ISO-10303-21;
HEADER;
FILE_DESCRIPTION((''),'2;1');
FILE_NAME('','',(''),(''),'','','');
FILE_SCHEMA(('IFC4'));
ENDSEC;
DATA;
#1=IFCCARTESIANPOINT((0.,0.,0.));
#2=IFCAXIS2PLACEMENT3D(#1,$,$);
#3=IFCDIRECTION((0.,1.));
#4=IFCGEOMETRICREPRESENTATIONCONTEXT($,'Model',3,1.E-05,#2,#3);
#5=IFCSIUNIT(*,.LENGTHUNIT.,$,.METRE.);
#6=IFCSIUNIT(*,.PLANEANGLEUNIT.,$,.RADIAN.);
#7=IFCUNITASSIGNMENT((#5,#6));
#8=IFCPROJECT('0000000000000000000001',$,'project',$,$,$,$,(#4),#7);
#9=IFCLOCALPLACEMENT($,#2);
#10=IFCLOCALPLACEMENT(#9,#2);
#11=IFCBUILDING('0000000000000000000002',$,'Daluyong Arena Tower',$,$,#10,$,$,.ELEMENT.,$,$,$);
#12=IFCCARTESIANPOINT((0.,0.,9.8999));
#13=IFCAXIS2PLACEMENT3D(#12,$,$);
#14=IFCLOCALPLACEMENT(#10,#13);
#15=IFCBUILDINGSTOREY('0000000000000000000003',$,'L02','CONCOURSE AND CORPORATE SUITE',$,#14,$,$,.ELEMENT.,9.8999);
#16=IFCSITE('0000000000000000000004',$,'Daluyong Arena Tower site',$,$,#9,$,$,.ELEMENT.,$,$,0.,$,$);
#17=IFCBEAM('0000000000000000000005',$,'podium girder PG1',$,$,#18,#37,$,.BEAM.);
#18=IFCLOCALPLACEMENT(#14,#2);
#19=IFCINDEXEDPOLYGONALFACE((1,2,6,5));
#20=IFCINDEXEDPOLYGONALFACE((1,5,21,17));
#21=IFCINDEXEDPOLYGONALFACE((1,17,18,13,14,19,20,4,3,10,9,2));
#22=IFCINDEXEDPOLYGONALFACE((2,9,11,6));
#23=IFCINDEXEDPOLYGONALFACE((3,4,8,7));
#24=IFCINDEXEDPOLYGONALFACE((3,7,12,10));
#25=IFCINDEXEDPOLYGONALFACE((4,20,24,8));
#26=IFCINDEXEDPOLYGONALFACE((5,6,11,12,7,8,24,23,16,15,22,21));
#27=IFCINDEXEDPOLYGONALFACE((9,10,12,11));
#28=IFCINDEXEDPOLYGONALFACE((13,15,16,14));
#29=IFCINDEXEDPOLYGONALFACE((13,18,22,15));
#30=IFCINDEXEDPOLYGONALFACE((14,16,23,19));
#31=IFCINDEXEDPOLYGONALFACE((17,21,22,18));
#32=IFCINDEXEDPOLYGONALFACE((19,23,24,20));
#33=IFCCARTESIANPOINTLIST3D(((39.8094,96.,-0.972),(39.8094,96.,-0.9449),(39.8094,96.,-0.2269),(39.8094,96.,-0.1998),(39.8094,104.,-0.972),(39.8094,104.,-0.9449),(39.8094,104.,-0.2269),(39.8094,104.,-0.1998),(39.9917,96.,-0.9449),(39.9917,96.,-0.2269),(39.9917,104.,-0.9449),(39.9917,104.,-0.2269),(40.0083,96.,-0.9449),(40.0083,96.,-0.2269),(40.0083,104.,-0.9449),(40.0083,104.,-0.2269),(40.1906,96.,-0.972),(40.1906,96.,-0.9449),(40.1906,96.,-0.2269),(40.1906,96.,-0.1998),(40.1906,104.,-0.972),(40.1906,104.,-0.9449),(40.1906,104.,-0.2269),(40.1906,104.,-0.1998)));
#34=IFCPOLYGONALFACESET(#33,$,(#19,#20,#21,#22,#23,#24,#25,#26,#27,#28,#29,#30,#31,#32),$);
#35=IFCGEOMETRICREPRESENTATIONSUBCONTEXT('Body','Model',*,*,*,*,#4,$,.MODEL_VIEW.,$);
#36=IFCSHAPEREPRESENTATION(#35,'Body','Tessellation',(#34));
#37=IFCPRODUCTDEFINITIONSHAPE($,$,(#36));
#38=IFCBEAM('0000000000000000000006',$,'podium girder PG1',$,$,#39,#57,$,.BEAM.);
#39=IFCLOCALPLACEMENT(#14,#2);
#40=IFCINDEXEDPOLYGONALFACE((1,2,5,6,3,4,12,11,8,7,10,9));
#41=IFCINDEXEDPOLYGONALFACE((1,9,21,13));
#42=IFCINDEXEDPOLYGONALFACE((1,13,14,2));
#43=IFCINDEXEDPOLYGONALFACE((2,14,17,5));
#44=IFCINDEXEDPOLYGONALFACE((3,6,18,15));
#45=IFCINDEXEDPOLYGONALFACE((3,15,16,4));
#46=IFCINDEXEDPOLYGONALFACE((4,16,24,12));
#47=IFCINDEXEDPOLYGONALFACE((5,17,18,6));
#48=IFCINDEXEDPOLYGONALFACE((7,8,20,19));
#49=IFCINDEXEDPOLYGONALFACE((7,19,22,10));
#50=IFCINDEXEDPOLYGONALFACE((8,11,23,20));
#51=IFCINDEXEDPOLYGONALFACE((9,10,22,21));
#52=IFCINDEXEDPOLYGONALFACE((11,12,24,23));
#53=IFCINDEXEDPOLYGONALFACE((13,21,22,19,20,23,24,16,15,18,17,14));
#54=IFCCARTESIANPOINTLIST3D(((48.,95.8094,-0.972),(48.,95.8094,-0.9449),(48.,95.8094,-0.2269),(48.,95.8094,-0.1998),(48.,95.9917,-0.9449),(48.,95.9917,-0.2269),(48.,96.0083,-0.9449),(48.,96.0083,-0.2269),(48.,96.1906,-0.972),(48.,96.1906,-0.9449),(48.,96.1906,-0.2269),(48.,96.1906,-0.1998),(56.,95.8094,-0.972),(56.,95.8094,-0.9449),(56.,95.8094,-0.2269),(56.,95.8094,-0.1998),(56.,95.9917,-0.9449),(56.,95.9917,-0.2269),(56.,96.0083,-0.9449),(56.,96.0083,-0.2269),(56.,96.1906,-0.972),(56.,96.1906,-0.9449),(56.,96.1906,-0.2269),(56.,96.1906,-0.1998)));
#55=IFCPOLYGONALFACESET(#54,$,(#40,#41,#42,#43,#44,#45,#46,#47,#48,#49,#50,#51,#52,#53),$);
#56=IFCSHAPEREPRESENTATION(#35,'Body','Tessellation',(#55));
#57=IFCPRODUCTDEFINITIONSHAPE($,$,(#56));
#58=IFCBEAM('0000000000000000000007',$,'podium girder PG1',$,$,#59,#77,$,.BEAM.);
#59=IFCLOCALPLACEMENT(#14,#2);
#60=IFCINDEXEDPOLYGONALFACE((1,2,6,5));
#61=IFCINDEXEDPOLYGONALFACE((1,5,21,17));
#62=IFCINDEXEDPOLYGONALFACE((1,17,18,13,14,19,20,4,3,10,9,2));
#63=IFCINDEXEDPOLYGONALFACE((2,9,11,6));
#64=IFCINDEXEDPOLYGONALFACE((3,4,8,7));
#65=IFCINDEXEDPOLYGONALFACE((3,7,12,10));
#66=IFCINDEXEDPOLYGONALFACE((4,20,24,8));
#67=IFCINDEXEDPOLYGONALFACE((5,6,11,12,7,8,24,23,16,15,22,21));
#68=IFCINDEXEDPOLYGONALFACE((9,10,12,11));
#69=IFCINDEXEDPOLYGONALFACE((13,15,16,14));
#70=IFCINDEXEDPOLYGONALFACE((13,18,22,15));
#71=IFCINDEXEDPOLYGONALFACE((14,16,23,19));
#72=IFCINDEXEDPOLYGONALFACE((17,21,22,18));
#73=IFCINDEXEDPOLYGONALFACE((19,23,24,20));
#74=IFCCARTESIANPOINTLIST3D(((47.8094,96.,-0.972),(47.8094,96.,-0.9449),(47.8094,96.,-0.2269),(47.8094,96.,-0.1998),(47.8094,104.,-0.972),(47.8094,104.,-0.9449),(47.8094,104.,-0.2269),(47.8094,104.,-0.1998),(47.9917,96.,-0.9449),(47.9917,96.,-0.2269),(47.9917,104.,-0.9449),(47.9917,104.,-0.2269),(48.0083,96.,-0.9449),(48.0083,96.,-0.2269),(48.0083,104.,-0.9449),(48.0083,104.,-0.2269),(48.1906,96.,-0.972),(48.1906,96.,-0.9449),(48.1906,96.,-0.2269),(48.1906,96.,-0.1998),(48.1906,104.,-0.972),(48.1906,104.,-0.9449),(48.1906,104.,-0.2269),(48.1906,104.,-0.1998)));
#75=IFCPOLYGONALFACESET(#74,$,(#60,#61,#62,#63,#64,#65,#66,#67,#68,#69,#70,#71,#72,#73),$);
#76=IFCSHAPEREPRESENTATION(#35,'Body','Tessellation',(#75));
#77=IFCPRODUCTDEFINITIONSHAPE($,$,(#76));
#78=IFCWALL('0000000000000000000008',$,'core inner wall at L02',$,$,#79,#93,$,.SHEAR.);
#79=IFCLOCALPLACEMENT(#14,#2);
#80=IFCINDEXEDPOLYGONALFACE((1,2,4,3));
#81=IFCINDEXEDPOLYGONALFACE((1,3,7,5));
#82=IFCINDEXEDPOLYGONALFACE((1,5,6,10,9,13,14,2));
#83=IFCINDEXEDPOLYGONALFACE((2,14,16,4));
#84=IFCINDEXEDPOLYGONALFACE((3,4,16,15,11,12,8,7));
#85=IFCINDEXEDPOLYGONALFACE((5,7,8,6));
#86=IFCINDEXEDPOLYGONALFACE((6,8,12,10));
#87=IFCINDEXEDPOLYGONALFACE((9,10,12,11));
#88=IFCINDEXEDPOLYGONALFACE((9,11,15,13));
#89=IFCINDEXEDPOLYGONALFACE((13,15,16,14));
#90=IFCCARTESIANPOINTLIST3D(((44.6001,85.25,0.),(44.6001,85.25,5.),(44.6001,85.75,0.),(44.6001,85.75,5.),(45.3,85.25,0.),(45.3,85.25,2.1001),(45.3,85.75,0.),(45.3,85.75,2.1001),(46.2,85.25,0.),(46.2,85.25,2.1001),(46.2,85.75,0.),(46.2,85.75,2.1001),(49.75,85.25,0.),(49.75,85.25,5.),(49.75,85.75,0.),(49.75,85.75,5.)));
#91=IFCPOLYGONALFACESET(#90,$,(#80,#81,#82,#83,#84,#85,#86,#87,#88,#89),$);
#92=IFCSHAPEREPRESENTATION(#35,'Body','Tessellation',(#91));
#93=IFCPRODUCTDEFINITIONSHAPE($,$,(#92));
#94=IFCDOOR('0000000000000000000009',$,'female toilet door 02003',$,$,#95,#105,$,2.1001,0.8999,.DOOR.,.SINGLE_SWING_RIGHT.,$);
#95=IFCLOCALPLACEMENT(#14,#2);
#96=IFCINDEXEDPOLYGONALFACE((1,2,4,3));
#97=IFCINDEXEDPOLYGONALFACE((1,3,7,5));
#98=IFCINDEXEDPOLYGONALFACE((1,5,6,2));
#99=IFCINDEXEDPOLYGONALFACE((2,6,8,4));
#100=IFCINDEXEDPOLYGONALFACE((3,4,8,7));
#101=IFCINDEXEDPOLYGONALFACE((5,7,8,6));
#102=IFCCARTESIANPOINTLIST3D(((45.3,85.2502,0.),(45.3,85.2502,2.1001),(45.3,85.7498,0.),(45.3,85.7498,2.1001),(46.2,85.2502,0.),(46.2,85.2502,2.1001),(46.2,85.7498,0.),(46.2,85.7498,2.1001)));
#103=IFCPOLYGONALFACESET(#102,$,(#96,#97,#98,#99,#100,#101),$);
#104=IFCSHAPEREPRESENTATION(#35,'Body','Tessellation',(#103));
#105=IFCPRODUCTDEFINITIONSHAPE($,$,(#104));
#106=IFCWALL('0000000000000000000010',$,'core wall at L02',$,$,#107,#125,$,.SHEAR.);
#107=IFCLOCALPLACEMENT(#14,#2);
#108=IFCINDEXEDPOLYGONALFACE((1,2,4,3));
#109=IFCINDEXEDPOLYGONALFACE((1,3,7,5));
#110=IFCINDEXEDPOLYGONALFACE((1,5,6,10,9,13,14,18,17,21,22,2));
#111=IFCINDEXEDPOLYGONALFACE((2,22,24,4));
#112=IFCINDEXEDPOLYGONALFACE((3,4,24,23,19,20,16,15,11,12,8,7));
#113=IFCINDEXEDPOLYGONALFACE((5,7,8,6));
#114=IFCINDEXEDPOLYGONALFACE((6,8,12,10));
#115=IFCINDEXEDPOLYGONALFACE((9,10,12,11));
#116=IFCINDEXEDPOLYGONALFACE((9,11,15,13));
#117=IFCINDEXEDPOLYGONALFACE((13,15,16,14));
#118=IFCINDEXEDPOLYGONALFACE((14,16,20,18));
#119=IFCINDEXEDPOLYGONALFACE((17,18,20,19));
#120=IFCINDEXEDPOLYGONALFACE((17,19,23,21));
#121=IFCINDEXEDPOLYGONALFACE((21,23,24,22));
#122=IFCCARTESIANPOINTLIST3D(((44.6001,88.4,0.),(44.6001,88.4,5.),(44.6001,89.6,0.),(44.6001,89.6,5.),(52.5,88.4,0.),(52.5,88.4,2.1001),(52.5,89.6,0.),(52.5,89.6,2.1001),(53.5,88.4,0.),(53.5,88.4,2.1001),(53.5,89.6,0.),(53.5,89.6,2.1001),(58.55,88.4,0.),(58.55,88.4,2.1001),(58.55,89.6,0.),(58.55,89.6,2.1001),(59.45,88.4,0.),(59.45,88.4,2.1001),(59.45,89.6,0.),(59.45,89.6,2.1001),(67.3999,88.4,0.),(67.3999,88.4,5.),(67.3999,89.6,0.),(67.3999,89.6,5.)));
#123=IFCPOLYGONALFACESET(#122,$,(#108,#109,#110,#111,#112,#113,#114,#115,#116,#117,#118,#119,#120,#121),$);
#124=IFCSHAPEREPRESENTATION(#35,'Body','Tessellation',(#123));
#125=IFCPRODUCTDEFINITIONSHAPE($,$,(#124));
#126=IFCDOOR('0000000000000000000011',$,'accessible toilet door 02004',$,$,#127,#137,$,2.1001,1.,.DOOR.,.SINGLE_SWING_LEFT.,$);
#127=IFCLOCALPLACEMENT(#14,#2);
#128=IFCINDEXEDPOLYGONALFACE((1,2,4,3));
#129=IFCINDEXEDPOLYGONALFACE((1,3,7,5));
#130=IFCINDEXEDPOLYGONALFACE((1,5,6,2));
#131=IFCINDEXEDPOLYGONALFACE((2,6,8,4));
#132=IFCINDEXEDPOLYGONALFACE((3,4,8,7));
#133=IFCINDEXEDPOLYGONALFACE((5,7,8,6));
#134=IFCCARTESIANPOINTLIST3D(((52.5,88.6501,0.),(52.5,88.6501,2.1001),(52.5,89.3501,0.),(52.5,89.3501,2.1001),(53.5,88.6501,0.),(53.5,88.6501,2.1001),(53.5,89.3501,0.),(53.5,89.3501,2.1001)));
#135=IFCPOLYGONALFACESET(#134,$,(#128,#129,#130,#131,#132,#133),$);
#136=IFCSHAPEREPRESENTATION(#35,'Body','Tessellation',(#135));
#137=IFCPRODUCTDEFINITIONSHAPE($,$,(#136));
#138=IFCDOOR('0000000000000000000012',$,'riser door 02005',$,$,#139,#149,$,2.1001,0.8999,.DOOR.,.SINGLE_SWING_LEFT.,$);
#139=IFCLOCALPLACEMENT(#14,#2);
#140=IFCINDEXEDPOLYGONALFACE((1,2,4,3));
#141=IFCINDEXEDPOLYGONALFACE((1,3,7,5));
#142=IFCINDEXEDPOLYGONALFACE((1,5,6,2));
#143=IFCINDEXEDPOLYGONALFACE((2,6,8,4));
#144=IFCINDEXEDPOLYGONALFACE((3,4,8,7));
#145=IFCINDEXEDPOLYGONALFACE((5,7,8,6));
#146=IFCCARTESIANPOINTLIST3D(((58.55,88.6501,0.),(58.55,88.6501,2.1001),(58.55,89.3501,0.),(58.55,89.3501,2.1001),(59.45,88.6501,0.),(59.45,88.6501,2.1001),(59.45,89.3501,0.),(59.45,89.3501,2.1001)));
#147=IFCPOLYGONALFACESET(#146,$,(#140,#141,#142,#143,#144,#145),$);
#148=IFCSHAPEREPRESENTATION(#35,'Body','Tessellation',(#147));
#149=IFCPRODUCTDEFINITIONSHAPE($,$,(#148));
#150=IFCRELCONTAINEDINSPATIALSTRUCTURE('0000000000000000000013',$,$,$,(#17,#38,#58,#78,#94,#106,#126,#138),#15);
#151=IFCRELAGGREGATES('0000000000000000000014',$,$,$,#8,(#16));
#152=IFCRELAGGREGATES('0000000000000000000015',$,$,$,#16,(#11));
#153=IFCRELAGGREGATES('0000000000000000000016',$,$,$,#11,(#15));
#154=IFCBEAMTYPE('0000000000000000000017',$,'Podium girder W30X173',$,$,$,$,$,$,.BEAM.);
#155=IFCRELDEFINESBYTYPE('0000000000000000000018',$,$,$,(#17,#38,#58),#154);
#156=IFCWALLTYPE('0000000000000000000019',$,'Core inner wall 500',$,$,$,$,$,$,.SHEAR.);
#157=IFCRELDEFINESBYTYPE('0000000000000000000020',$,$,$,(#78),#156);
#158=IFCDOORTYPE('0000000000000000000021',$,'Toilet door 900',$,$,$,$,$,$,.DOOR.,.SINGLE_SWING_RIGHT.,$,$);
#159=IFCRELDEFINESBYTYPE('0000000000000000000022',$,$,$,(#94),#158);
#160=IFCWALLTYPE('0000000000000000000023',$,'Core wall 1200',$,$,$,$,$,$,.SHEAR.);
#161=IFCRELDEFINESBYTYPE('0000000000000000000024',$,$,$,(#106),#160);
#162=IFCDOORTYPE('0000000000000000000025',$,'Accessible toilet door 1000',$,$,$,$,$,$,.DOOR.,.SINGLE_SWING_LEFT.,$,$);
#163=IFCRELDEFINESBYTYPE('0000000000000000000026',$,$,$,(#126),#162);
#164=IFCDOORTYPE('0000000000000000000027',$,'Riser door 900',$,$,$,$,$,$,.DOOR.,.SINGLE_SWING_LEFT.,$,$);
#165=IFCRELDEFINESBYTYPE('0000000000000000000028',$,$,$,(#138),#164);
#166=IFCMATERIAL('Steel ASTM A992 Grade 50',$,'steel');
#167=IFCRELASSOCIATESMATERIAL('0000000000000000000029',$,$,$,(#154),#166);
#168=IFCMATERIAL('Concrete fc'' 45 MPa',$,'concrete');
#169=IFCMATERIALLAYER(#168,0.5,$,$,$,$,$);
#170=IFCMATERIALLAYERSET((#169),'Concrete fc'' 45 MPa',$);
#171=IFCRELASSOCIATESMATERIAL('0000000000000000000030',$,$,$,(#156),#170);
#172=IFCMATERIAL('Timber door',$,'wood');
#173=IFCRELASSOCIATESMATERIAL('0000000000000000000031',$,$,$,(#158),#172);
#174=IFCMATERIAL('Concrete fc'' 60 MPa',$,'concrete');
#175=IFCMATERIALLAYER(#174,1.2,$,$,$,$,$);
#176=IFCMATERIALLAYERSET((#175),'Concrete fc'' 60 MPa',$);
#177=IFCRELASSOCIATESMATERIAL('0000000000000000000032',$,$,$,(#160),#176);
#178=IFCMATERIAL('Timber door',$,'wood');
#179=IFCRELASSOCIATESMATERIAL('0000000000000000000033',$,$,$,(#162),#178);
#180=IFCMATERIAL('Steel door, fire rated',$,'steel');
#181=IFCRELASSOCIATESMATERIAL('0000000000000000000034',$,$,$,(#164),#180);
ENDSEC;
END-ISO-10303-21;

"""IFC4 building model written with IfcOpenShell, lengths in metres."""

from ifc_helpers import new_model, si_unit, direction, frame, frame_2d, origin, origin_2d, place, context, subcontext, project, spatial, rectangle, i_section, extrude, material, layer, layer_set, material_profile, profile_set, type_object, element, fill, save


model = new_model("IFC4")

# Units and contexts
model_context = context("Model", 3, precision=1e-05, world=origin(), true_north=direction((0.0, 1.0)))
body_context = subcontext(model_context, "Body", "Model", "MODEL_VIEW")
ifc_project = project(units=[si_unit("LENGTHUNIT", "METRE"), si_unit("PLANEANGLEUNIT", "RADIAN")], contexts=[model_context])

# Site, building, storey
site_placement = place(None, origin())
site = spatial("IfcSite", under=ifc_project, at=site_placement, Name="Daluyong Arena Tower site", CompositionType="ELEMENT", RefElevation=0.0)
building_placement = place(site_placement, origin())
building = spatial("IfcBuilding", under=site, at=building_placement, Name="Daluyong Arena Tower", CompositionType="ELEMENT")
storey_placement = place(building_placement, frame((0.0, 0.0, 9.8999)))
storey = spatial("IfcBuildingStorey", under=building, at=storey_placement, Name="L02", Description="CONCOURSE AND CORPORATE SUITE", CompositionType="ELEMENT", Elevation=9.8999)

# Beams
ifc_material_1 = material(Name="Steel ASTM A992 Grade 50", Category="steel")
ifc_material_profile_1 = material_profile(ifc_material_1, i_section(OverallWidth=0.3811, OverallDepth=0.7722, WebThickness=0.0166, FlangeThickness=0.0271, at=origin_2d()))
ifc_profile_set_1 = profile_set([ifc_material_profile_1], Name="Steel ASTM A992 Grade 50")
beam_type_1 = type_object("IfcBeamType", Name="Podium girder W30X173", PredefinedType="BEAM", material=ifc_profile_set_1)
for number, where, z_axis, x_axis, name in (
    (1, (40.0, 96.0, -0.5859), (0.0, 1.0, 0.0), (-1.0, 0.0, 0.0), "podium girder PG1"),
    (2, (48.0, 96.0, -0.5859), (1.0, 0.0, 0.0), (0.0, 1.0, 0.0), "podium girder PG1"),
    (3, (48.0, 96.0, -0.5859), (0.0, 1.0, 0.0), (-1.0, 0.0, 0.0), "podium girder PG1"),
):
    element("IfcBeam", number, at=place(storey_placement, frame(where, z_axis=z_axis, x_axis=x_axis)), inside=storey, type_object=beam_type_1, Name=name, PredefinedType="BEAM", context=body_context, shape_type="SweptSolid", body=[
        extrude(i_section(OverallWidth=0.3811, OverallDepth=0.7722, WebThickness=0.0166, FlangeThickness=0.0271, at=origin_2d()), origin(), (0.0, 0.0, 1.0), 8.0),
    ])

# Wall, opening, door
ifc_material_2 = material(Name="Concrete fc' 45 MPa", Category="concrete")
ifc_layer_1 = layer(ifc_material_2, 0.5)
ifc_layer_set_1 = layer_set([ifc_layer_1], Name="Concrete fc' 45 MPa")
wall_type_1 = type_object("IfcWallType", Name="Core inner wall 500", PredefinedType="SHEAR", material=ifc_layer_set_1)
wall_1_placement = place(storey_placement, frame((44.6001, 85.5, 0.0), z_axis=(0.0, 0.0, 1.0), x_axis=(1.0, 0.0, 0.0)))
wall_1 = element("IfcWall", 4, at=wall_1_placement, inside=storey, type_object=wall_type_1, Name="core inner wall at L02", PredefinedType="SHEAR", context=body_context, shape_type="SweptSolid", body=[
    extrude(rectangle(XDim=5.1499, YDim=0.5, at=frame_2d((2.575, 0.0))), origin(), (0.0, 0.0, 1.0), 5.0),
])
opening_1_placement = place(wall_1_placement, frame((0.7, 0.0, 0.0)))
opening_1 = element("IfcOpeningElement", 5, at=opening_1_placement, cuts=wall_1, PredefinedType="OPENING", context=body_context, shape_type="SweptSolid", body=[
    extrude(rectangle(XDim=0.8999, YDim=2.1001, at=frame_2d((0.45, 1.05))), frame((0.0, 0.26, 0.0), z_axis=(0.0, -1.0, 0.0), x_axis=(1.0, 0.0, 0.0)), (0.0, 0.0, 1.0), 0.52),
])
ifc_material_3 = material(Name="Timber door", Category="wood")
door_type_1 = type_object("IfcDoorType", Name="Toilet door 900", OperationType="SINGLE_SWING_RIGHT", PredefinedType="DOOR", material=ifc_material_3)
door_1_placement = place(opening_1_placement, origin())
door_1 = element("IfcDoor", 6, at=door_1_placement, inside=storey, type_object=door_type_1, Name="female toilet door 02003", OperationType="SINGLE_SWING_RIGHT", OverallHeight=2.1001, OverallWidth=0.8999, PredefinedType="DOOR", context=body_context, shape_type="SweptSolid", body=[
    extrude(rectangle(XDim=0.8999, YDim=2.1001, at=frame_2d((0.45, 1.05))), frame((0.0, 0.2498, 0.0), z_axis=(0.0, -1.0, 0.0), x_axis=(1.0, 0.0, 0.0)), (0.0, 0.0, 1.0), 0.4995),
])
fill(opening_1, door_1)

# Wall, openings, doors
ifc_material_4 = material(Name="Concrete fc' 60 MPa", Category="concrete")
ifc_layer_2 = layer(ifc_material_4, 1.2)
ifc_layer_set_2 = layer_set([ifc_layer_2], Name="Concrete fc' 60 MPa")
wall_type_2 = type_object("IfcWallType", Name="Core wall 1200", PredefinedType="SHEAR", material=ifc_layer_set_2)
wall_2_placement = place(storey_placement, frame((44.6001, 89.0, 0.0), z_axis=(0.0, 0.0, 1.0), x_axis=(1.0, 0.0, 0.0)))
wall_2 = element("IfcWall", 7, at=wall_2_placement, inside=storey, type_object=wall_type_2, Name="core wall at L02", PredefinedType="SHEAR", context=body_context, shape_type="SweptSolid", body=[
    extrude(rectangle(XDim=22.7998, YDim=1.2, at=frame_2d((11.3999, 0.0))), origin(), (0.0, 0.0, 1.0), 5.0),
])
opening_2_placement = place(wall_2_placement, frame((7.8999, 0.0, 0.0)))
opening_2 = element("IfcOpeningElement", 8, at=opening_2_placement, cuts=wall_2, PredefinedType="OPENING", context=body_context, shape_type="SweptSolid", body=[
    extrude(rectangle(XDim=1.0, YDim=2.1001, at=frame_2d((0.5, 1.05))), frame((0.0, 0.6099, 0.0), z_axis=(0.0, -1.0, 0.0), x_axis=(1.0, 0.0, 0.0)), (0.0, 0.0, 1.0), 1.22),
])
opening_3_placement = place(wall_2_placement, frame((13.95, 0.0, 0.0)))
opening_3 = element("IfcOpeningElement", 9, at=opening_3_placement, cuts=wall_2, PredefinedType="OPENING", context=body_context, shape_type="SweptSolid", body=[
    extrude(rectangle(XDim=0.8999, YDim=2.1001, at=frame_2d((0.45, 1.05))), frame((0.0, 0.6099, 0.0), z_axis=(0.0, -1.0, 0.0), x_axis=(1.0, 0.0, 0.0)), (0.0, 0.0, 1.0), 1.22),
])
ifc_material_5 = material(Name="Timber door", Category="wood")
door_type_2 = type_object("IfcDoorType", Name="Accessible toilet door 1000", OperationType="SINGLE_SWING_LEFT", PredefinedType="DOOR", material=ifc_material_5)
door_2_placement = place(opening_2_placement, origin())
door_2 = element("IfcDoor", 10, at=door_2_placement, inside=storey, type_object=door_type_2, Name="accessible toilet door 02004", OperationType="SINGLE_SWING_LEFT", OverallHeight=2.1001, OverallWidth=1.0, PredefinedType="DOOR", context=body_context, shape_type="SweptSolid", body=[
    extrude(rectangle(XDim=1.0, YDim=2.1001, at=frame_2d((0.5, 1.05))), frame((0.0, 0.3501, 0.0), z_axis=(0.0, -1.0, 0.0), x_axis=(1.0, 0.0, 0.0)), (0.0, 0.0, 1.0), 0.7),
])
fill(opening_2, door_2)
ifc_material_6 = material(Name="Steel door, fire rated", Category="steel")
door_type_3 = type_object("IfcDoorType", Name="Riser door 900", OperationType="SINGLE_SWING_LEFT", PredefinedType="DOOR", material=ifc_material_6)
door_3_placement = place(opening_3_placement, origin())
door_3 = element("IfcDoor", 11, at=door_3_placement, inside=storey, type_object=door_type_3, Name="riser door 02005", OperationType="SINGLE_SWING_LEFT", OverallHeight=2.1001, OverallWidth=0.8999, PredefinedType="DOOR", context=body_context, shape_type="SweptSolid", body=[
    extrude(rectangle(XDim=0.8999, YDim=2.1001, at=frame_2d((0.45, 1.05))), frame((0.0, 0.3501, 0.0), z_axis=(0.0, -1.0, 0.0), x_axis=(1.0, 0.0, 0.0)), (0.0, 0.0, 1.0), 0.7),
])
fill(opening_3, door_3)

save(model, "model.ifc")
